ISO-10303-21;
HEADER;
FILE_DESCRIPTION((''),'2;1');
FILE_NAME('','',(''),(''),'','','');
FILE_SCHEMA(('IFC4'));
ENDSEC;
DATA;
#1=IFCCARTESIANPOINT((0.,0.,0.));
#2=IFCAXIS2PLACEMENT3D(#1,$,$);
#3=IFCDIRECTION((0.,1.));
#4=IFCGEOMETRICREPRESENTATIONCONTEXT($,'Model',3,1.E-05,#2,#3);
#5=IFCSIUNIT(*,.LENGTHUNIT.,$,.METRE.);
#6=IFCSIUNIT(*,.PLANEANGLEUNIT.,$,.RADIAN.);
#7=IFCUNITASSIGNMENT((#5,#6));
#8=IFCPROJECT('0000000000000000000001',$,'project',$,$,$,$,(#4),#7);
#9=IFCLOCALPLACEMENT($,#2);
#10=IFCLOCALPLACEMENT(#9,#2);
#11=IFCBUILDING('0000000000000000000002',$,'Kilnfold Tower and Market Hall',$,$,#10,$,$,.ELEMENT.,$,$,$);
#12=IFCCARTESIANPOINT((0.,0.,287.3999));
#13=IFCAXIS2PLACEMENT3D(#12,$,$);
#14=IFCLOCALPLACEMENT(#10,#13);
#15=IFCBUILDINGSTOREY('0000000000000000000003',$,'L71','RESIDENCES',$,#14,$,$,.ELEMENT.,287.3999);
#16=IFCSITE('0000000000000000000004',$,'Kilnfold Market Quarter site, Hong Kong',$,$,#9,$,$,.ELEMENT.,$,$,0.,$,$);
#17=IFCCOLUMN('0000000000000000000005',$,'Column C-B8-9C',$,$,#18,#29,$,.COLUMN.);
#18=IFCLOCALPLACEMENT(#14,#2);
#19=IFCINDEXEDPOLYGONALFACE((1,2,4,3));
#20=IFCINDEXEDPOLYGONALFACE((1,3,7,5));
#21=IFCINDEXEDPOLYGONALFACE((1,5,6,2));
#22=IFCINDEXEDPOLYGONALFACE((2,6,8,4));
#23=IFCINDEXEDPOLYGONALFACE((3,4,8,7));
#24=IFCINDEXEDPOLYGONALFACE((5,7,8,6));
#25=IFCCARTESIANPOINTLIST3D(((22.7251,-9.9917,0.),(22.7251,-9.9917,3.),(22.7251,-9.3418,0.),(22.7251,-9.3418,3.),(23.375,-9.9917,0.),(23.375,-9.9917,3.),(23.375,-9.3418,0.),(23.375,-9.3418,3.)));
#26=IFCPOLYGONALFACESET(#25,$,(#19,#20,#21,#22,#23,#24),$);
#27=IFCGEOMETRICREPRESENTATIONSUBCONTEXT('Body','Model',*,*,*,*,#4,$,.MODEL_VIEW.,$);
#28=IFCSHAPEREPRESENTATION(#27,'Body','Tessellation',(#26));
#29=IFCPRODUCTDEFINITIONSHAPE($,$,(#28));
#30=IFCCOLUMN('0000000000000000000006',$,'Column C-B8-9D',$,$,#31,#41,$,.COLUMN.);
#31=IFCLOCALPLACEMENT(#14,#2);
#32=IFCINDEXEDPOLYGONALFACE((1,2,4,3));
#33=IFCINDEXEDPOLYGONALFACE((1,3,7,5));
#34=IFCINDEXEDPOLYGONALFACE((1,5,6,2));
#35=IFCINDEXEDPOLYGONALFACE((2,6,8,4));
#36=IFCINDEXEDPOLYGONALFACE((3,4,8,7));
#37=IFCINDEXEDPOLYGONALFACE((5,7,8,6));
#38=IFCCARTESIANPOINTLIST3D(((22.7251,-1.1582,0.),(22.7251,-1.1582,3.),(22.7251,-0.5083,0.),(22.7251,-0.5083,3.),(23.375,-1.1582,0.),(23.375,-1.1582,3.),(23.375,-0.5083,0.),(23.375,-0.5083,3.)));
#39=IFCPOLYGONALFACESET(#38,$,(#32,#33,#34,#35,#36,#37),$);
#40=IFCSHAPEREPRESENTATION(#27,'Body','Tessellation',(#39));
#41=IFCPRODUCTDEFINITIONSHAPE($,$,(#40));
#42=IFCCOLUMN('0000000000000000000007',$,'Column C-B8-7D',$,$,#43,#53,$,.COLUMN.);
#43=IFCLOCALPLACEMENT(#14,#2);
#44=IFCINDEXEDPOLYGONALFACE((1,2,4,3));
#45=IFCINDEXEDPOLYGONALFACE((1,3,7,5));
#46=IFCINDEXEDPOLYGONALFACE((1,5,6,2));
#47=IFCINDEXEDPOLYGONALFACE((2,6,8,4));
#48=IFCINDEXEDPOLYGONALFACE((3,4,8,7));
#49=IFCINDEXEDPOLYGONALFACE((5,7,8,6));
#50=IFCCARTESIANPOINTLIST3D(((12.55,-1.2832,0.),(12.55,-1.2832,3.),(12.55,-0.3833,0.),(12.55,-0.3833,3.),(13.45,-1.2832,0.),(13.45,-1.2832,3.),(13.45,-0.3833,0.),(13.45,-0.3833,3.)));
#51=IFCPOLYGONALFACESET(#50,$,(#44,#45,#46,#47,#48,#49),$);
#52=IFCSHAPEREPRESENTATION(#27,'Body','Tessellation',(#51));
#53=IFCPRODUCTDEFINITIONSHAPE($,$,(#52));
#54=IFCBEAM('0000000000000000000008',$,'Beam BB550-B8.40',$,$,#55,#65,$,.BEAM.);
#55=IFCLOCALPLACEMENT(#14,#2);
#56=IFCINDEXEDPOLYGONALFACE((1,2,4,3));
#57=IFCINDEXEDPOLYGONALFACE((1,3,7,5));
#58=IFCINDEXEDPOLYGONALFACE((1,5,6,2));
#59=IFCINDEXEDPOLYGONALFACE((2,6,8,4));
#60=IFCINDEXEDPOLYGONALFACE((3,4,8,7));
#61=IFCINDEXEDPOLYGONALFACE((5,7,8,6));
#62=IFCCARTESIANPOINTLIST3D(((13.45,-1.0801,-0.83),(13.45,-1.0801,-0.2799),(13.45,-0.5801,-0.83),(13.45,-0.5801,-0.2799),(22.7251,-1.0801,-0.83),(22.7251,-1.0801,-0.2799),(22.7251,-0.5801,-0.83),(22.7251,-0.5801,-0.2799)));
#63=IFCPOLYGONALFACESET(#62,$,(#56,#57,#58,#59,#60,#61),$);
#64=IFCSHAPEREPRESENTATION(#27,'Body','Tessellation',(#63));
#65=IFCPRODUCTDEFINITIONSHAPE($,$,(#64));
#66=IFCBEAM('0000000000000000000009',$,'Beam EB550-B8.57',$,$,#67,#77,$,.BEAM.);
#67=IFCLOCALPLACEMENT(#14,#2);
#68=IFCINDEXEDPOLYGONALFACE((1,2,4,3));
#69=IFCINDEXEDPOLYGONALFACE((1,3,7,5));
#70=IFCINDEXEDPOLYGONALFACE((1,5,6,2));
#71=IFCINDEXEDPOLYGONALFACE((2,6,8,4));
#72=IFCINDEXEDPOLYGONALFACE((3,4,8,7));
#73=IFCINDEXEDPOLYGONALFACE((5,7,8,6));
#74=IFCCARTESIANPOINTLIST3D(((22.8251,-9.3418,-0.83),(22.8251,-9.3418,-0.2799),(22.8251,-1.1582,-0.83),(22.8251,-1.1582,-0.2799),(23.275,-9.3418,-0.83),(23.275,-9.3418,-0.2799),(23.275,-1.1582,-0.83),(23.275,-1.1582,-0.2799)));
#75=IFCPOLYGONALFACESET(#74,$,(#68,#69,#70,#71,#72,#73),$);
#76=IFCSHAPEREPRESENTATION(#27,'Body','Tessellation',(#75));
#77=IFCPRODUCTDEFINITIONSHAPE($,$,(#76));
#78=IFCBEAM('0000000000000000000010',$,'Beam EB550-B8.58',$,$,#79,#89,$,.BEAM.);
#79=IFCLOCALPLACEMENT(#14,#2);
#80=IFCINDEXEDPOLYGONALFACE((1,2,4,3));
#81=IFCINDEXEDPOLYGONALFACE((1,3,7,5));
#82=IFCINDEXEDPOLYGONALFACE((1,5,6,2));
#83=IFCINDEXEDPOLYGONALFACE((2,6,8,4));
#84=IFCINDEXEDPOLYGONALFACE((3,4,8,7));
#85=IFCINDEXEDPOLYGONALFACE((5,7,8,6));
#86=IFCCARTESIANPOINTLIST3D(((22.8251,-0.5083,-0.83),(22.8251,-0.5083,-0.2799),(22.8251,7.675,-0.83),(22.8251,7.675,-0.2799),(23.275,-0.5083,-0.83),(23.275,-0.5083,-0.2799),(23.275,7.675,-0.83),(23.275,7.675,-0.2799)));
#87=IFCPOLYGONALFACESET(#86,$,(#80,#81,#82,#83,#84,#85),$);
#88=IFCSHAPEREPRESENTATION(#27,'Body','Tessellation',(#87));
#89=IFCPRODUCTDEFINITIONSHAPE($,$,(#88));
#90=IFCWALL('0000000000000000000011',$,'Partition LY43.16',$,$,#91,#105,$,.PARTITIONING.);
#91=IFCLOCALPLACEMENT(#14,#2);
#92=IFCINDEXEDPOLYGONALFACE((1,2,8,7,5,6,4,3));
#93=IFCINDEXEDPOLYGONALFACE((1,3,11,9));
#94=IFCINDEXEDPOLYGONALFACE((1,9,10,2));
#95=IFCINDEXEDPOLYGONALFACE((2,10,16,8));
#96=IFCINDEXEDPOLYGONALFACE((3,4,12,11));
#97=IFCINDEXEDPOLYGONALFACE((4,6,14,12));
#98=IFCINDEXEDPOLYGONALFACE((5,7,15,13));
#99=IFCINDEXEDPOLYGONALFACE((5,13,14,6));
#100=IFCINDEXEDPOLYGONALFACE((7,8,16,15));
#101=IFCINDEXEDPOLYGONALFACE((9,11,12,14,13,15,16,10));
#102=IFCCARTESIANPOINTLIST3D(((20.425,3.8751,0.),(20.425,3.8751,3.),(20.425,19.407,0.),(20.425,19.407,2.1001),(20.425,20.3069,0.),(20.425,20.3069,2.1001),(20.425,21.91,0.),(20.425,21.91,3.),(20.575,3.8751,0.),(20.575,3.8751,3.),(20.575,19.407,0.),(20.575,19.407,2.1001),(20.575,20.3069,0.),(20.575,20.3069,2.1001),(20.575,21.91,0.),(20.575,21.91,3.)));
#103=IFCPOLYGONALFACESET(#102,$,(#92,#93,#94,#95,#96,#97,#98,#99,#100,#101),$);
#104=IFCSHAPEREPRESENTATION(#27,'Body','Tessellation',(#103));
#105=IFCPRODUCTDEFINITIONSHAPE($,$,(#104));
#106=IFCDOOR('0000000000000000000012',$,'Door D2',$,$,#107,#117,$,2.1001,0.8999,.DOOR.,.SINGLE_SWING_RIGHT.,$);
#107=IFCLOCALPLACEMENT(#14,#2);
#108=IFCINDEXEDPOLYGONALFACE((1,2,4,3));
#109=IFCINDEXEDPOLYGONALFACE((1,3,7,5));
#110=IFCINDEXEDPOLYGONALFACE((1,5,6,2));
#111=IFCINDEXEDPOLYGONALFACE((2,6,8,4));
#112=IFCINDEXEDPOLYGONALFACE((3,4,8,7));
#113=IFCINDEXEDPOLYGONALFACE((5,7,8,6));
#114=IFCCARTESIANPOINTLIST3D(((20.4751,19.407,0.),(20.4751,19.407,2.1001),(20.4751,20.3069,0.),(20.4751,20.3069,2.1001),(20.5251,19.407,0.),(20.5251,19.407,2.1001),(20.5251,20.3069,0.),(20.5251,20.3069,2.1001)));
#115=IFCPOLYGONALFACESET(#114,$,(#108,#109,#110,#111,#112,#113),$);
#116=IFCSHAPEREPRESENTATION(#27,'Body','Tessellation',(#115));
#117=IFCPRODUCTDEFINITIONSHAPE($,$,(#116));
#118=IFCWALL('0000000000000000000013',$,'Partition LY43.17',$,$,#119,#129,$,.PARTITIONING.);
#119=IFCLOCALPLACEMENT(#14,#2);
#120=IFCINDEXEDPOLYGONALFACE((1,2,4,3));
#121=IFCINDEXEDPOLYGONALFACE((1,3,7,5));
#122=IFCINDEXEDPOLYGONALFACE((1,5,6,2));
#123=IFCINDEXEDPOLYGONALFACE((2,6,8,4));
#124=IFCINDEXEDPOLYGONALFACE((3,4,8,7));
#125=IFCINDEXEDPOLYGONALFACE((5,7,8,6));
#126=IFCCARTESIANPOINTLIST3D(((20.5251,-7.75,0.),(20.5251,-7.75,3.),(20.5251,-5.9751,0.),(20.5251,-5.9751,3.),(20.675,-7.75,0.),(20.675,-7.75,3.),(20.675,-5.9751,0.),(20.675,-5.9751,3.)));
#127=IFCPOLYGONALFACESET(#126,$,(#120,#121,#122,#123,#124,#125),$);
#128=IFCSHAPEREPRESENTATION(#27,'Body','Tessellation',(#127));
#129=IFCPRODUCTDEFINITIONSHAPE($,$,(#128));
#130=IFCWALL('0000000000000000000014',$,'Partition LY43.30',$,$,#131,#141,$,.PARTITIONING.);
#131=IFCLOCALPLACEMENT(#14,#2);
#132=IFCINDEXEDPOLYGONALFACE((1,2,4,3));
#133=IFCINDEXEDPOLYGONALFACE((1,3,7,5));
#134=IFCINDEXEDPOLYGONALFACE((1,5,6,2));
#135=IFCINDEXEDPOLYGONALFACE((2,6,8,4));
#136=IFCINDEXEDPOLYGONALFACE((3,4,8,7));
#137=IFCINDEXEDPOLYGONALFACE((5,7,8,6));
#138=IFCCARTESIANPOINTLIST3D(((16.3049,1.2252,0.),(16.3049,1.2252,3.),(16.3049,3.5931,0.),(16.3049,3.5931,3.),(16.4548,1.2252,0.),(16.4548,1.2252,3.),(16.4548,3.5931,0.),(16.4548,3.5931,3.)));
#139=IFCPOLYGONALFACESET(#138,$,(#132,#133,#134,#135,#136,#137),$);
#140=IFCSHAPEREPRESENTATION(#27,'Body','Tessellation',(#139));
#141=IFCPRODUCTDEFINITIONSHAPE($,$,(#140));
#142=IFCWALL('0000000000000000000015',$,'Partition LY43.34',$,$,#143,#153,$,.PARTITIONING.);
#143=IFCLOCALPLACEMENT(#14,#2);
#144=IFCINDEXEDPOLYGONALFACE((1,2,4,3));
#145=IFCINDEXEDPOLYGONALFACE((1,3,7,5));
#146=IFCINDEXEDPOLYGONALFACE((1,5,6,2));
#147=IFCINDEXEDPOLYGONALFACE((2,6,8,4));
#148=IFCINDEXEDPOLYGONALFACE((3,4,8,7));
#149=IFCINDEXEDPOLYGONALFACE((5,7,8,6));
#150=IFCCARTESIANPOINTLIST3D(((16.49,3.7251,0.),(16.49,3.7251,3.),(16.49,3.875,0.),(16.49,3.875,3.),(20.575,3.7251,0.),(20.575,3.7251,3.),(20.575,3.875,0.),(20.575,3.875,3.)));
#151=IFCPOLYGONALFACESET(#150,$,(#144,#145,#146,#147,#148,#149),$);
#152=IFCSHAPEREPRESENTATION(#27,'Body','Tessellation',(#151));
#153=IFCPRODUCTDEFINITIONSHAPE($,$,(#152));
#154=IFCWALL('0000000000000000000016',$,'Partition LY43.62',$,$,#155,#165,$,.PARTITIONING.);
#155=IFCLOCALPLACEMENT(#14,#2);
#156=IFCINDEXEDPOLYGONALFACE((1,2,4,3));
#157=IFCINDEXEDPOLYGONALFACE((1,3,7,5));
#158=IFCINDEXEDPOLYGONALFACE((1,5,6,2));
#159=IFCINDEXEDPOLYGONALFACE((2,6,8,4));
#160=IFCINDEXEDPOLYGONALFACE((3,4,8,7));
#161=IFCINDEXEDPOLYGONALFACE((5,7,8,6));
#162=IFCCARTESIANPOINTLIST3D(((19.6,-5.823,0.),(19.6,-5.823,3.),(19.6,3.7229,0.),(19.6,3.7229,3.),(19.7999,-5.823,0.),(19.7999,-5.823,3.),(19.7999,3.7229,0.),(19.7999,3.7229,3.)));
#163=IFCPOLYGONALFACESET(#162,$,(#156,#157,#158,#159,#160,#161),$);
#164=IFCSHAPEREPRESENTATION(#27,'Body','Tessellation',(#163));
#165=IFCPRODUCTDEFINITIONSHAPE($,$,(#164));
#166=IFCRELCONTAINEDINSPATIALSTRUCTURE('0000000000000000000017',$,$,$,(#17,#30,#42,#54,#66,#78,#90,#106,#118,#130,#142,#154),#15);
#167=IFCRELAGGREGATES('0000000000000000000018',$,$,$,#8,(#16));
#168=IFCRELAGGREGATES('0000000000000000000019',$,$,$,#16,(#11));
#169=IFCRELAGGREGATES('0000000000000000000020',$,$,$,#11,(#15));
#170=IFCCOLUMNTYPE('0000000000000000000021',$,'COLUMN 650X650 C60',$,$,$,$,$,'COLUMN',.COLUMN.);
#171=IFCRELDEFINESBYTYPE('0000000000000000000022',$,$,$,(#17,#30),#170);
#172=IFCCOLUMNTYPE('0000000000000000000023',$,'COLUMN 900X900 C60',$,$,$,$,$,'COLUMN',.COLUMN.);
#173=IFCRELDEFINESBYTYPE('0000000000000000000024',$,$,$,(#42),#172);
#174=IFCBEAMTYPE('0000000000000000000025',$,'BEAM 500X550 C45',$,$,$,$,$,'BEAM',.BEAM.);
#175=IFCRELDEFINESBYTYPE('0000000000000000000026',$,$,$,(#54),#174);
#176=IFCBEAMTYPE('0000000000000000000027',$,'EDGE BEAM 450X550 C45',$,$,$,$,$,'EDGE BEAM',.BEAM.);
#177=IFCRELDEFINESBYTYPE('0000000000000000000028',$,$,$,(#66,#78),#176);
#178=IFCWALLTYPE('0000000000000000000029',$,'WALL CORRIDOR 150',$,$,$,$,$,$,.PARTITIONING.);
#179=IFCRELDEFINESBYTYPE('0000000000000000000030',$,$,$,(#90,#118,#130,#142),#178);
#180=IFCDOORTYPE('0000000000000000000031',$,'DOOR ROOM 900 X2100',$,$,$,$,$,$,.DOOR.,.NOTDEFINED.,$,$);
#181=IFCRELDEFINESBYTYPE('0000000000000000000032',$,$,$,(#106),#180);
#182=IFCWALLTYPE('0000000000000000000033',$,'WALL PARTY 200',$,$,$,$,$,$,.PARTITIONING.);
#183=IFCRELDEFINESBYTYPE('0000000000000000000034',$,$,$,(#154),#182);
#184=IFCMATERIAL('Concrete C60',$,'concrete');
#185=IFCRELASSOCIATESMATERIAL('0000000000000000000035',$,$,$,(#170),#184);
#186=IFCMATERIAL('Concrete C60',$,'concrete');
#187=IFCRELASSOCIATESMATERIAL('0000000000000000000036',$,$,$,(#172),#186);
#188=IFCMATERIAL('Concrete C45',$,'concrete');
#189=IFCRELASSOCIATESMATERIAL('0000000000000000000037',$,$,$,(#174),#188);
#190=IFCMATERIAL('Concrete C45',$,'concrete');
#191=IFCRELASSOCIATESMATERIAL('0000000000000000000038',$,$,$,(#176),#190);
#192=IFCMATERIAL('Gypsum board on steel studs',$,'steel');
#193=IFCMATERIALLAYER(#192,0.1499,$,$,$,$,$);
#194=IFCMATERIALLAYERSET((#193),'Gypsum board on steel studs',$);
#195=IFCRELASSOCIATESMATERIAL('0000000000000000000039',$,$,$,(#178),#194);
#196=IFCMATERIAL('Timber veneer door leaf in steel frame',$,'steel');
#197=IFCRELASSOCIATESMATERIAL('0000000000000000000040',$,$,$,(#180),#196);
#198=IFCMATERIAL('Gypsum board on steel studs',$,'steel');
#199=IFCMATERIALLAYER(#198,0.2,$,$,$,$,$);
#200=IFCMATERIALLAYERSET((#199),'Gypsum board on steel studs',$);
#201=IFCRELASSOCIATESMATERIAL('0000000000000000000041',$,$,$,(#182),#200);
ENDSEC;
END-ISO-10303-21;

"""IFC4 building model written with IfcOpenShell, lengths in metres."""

from ifc_helpers import new_model, si_unit, direction, frame, frame_2d, origin, origin_2d, place, context, subcontext, project, spatial, rectangle, extrude, source, transform, mapped, material, layer, layer_set, material_profile, profile_set, type_object, element, fill, save


model = new_model("IFC4")

# Units and contexts
model_context = context("Model", 3, precision=1e-05, world=origin(), true_north=direction((0.0, 1.0)))
body_context = subcontext(model_context, "Body", "Model", "MODEL_VIEW")
ifc_project = project(units=[si_unit("LENGTHUNIT", "METRE"), si_unit("PLANEANGLEUNIT", "RADIAN")], contexts=[model_context])

# Site, building, storey
site_placement = place(None, origin())
site = spatial("IfcSite", under=ifc_project, at=site_placement, Name="Kilnfold Market Quarter site, Hong Kong", CompositionType="ELEMENT", RefElevation=0.0)
building_placement = place(site_placement, origin())
building = spatial("IfcBuilding", under=site, at=building_placement, Name="Kilnfold Tower and Market Hall", CompositionType="ELEMENT")
storey_placement = place(building_placement, frame((0.0, 0.0, 287.3999)))
storey = spatial("IfcBuildingStorey", under=building, at=storey_placement, Name="L71", Description="RESIDENCES", CompositionType="ELEMENT", Elevation=287.3999)

# Columns
ifc_material_1 = material(Name="Concrete C60", Category="concrete")
ifc_material_profile_1 = material_profile(ifc_material_1, rectangle(XDim=0.6499, YDim=0.6499, at=origin_2d()), Name="RC 650x650")
ifc_profile_set_1 = profile_set([ifc_material_profile_1], Name="Concrete C60")
column_type_1 = type_object("IfcColumnType", Name="COLUMN 650X650 C60", ElementType="COLUMN", PredefinedType="COLUMN", material=ifc_profile_set_1)
shared_shape_1 = source(origin(), body_context, "Body", "SweptSolid", [
    extrude(rectangle(XDim=0.6499, YDim=0.6499, at=origin_2d()), origin(), (0.0, 0.0, 1.0), 3.0),
])
for number, where, z_axis, x_axis, name in (
    (1, (23.05, -9.6667, 0.0), (0.0, 0.0, 1.0), (1.0, 0.0, 0.0), "Column C-B8-9C"),
    (2, (23.05, -0.8333, 0.0), (0.0, 0.0, 1.0), (1.0, 0.0, 0.0), "Column C-B8-9D"),
):
    element("IfcColumn", number, at=place(storey_placement, frame(where, z_axis=z_axis, x_axis=x_axis)), inside=storey, type_object=column_type_1, Name=name, PredefinedType="COLUMN", context=body_context, shape_type="MappedRepresentation", body=[
        mapped(shared_shape_1, transform((0.0, 0.0, 0.0))),
    ])
ifc_material_2 = material(Name="Concrete C60", Category="concrete")
ifc_material_profile_2 = material_profile(ifc_material_2, rectangle(XDim=0.8999, YDim=0.8999, at=origin_2d()), Name="RC 900x900")
ifc_profile_set_2 = profile_set([ifc_material_profile_2], Name="Concrete C60")
column_type_2 = type_object("IfcColumnType", Name="COLUMN 900X900 C60", ElementType="COLUMN", PredefinedType="COLUMN", material=ifc_profile_set_2)
shared_shape_2 = source(origin(), body_context, "Body", "SweptSolid", [
    extrude(rectangle(XDim=0.8999, YDim=0.8999, at=origin_2d()), origin(), (0.0, 0.0, 1.0), 3.0),
])
column_placement = place(storey_placement, frame((13.0, -0.8333, 0.0), z_axis=(0.0, 0.0, 1.0), x_axis=(1.0, 0.0, 0.0)))
element("IfcColumn", 3, at=column_placement, inside=storey, type_object=column_type_2, Name="Column C-B8-7D", PredefinedType="COLUMN", context=body_context, shape_type="MappedRepresentation", body=[
    mapped(shared_shape_2, transform((0.0, 0.0, 0.0))),
])

# Beams
ifc_material_3 = material(Name="Concrete C45", Category="concrete")
ifc_material_profile_3 = material_profile(ifc_material_3, rectangle(XDim=0.5, YDim=0.55, at=origin_2d()), Name="RC 500x550")
ifc_profile_set_3 = profile_set([ifc_material_profile_3], Name="Concrete C45")
beam_type_1 = type_object("IfcBeamType", Name="BEAM 500X550 C45", ElementType="BEAM", PredefinedType="BEAM", material=ifc_profile_set_3)
shared_shape_3 = source(origin(), body_context, "Body", "SweptSolid", [
    extrude(rectangle(XDim=0.5, YDim=0.55, at=origin_2d()), origin(), (0.0, 0.0, 1.0), 9.2751),
])
beam_1_placement = place(storey_placement, frame((13.45, -0.8301, -0.5549), z_axis=(1.0, 0.0, 0.0), x_axis=(0.0, 1.0, 0.0)))
element("IfcBeam", 4, at=beam_1_placement, inside=storey, type_object=beam_type_1, Name="Beam BB550-B8.40", PredefinedType="BEAM", context=body_context, shape_type="MappedRepresentation", body=[
    mapped(shared_shape_3, transform((0.0, 0.0, 0.0))),
])
ifc_material_4 = material(Name="Concrete C45", Category="concrete")
ifc_material_profile_4 = material_profile(ifc_material_4, rectangle(XDim=0.45, YDim=0.55, at=origin_2d()), Name="RC 450x550")
ifc_profile_set_4 = profile_set([ifc_material_profile_4], Name="Concrete C45")
beam_type_2 = type_object("IfcBeamType", Name="EDGE BEAM 450X550 C45", ElementType="EDGE BEAM", PredefinedType="BEAM", material=ifc_profile_set_4)
shared_shape_4 = source(origin(), body_context, "Body", "SweptSolid", [
    extrude(rectangle(XDim=0.45, YDim=0.55, at=origin_2d()), origin(), (0.0, 0.0, 1.0), 8.1836),
])
beam_2_placement = place(storey_placement, frame((23.05, -9.3418, -0.5549), z_axis=(0.0, 1.0, 0.0), x_axis=(-1.0, 0.0, 0.0)))
element("IfcBeam", 5, at=beam_2_placement, inside=storey, type_object=beam_type_2, Name="Beam EB550-B8.57", PredefinedType="BEAM", context=body_context, shape_type="MappedRepresentation", body=[
    mapped(shared_shape_4, transform((0.0, 0.0, 0.0))),
])
shared_shape_5 = source(origin(), body_context, "Body", "SweptSolid", [
    extrude(rectangle(XDim=0.45, YDim=0.55, at=origin_2d()), origin(), (0.0, 0.0, 1.0), 8.1833),
])
beam_3_placement = place(storey_placement, frame((23.05, -0.5083, -0.5549), z_axis=(0.0, 1.0, 0.0), x_axis=(-1.0, 0.0, 0.0)))
element("IfcBeam", 6, at=beam_3_placement, inside=storey, type_object=beam_type_2, Name="Beam EB550-B8.58", PredefinedType="BEAM", context=body_context, shape_type="MappedRepresentation", body=[
    mapped(shared_shape_5, transform((0.0, 0.0, 0.0))),
])

# Wall, opening, door
ifc_material_5 = material(Name="Gypsum board on steel studs", Category="steel")
ifc_layer_1 = layer(ifc_material_5, 0.1499)
ifc_layer_set_1 = layer_set([ifc_layer_1], Name="Gypsum board on steel studs")
wall_type_1 = type_object("IfcWallType", Name="WALL CORRIDOR 150", PredefinedType="PARTITIONING", material=ifc_layer_set_1)
wall_1_placement = place(storey_placement, frame((20.5, 3.875, 0.0), z_axis=(0.0, 0.0, 1.0), x_axis=(0.0, 1.0, 0.0)))
wall_1 = element("IfcWall", 7, at=wall_1_placement, inside=storey, type_object=wall_type_1, Name="Partition LY43.16", PredefinedType="PARTITIONING", context=body_context, shape_type="SweptSolid", body=[
    extrude(rectangle(XDim=18.0349, YDim=0.1499, at=frame_2d((9.0176, 0.0))), origin(), (0.0, 0.0, 1.0), 3.0),
])
opening_1_placement = place(wall_1_placement, frame((15.532, 0.0, 0.0)))
opening_1 = element("IfcOpeningElement", 8, at=opening_1_placement, cuts=wall_1, PredefinedType="OPENING", context=body_context, shape_type="SweptSolid", body=[
    extrude(rectangle(XDim=0.8999, YDim=2.1001, at=frame_2d((0.45, 1.05))), frame((0.0, 0.085, 0.0), z_axis=(0.0, -1.0, 0.0), x_axis=(1.0, 0.0, 0.0)), (0.0, 0.0, 1.0), 0.1699),
])
ifc_material_6 = material(Name="Timber veneer door leaf in steel frame", Category="steel")
door_type_1 = type_object("IfcDoorType", Name="DOOR ROOM 900 X2100", OperationType="NOTDEFINED", PredefinedType="DOOR", material=ifc_material_6)
door_1_placement = place(opening_1_placement, origin())
door_1 = element("IfcDoor", 9, at=door_1_placement, inside=storey, type_object=door_type_1, Name="Door D2", OperationType="SINGLE_SWING_RIGHT", OverallHeight=2.1001, OverallWidth=0.8999, PredefinedType="DOOR", context=body_context, shape_type="SweptSolid", body=[
    extrude(rectangle(XDim=0.8999, YDim=2.1001, at=frame_2d((0.45, 1.05))), frame((0.0, 0.0249, 0.0), z_axis=(0.0, -1.0, 0.0), x_axis=(1.0, 0.0, 0.0)), (0.0, 0.0, 1.0), 0.05),
])
fill(opening_1, door_1)

# Walls
wall_2_placement = place(storey_placement, frame((20.6001, -7.75, 0.0), z_axis=(0.0, 0.0, 1.0), x_axis=(0.0, 1.0, 0.0)))
element("IfcWall", 10, at=wall_2_placement, inside=storey, type_object=wall_type_1, Name="Partition LY43.17", PredefinedType="PARTITIONING", context=body_context, shape_type="SweptSolid", body=[
    extrude(rectangle(XDim=1.7749, YDim=0.1499, at=frame_2d((0.8875, 0.0))), origin(), (0.0, 0.0, 1.0), 3.0),
])
wall_3_placement = place(storey_placement, frame((16.3799, 1.2251, 0.0), z_axis=(0.0, 0.0, 1.0), x_axis=(0.0, 1.0, 0.0)))
element("IfcWall", 11, at=wall_3_placement, inside=storey, type_object=wall_type_1, Name="Partition LY43.30", PredefinedType="PARTITIONING", context=body_context, shape_type="SweptSolid", body=[
    extrude(rectangle(XDim=2.3679, YDim=0.1499, at=frame_2d((1.1841, 0.0))), origin(), (0.0, 0.0, 1.0), 3.0),
])
wall_4_placement = place(storey_placement, frame((16.49, 3.8, 0.0), z_axis=(0.0, 0.0, 1.0), x_axis=(1.0, 0.0, 0.0)))
element("IfcWall", 12, at=wall_4_placement, inside=storey, type_object=wall_type_1, Name="Partition LY43.34", PredefinedType="PARTITIONING", context=body_context, shape_type="SweptSolid", body=[
    extrude(rectangle(XDim=4.085, YDim=0.1499, at=frame_2d((2.0425, 0.0))), origin(), (0.0, 0.0, 1.0), 3.0),
])
ifc_material_7 = material(Name="Gypsum board on steel studs", Category="steel")
ifc_layer_2 = layer(ifc_material_7, 0.2)
ifc_layer_set_2 = layer_set([ifc_layer_2], Name="Gypsum board on steel studs")
wall_type_2 = type_object("IfcWallType", Name="WALL PARTY 200", PredefinedType="PARTITIONING", material=ifc_layer_set_2)
wall_5_placement = place(storey_placement, frame((19.7, 3.7229, 0.0), z_axis=(0.0, 0.0, 1.0), x_axis=(0.0, -1.0, 0.0)))
element("IfcWall", 13, at=wall_5_placement, inside=storey, type_object=wall_type_2, Name="Partition LY43.62", PredefinedType="PARTITIONING", context=body_context, shape_type="SweptSolid", body=[
    extrude(rectangle(XDim=9.5459, YDim=0.2, at=frame_2d((4.7729, 0.0))), origin(), (0.0, 0.0, 1.0), 3.0),
])

save(model, "model.ifc")
